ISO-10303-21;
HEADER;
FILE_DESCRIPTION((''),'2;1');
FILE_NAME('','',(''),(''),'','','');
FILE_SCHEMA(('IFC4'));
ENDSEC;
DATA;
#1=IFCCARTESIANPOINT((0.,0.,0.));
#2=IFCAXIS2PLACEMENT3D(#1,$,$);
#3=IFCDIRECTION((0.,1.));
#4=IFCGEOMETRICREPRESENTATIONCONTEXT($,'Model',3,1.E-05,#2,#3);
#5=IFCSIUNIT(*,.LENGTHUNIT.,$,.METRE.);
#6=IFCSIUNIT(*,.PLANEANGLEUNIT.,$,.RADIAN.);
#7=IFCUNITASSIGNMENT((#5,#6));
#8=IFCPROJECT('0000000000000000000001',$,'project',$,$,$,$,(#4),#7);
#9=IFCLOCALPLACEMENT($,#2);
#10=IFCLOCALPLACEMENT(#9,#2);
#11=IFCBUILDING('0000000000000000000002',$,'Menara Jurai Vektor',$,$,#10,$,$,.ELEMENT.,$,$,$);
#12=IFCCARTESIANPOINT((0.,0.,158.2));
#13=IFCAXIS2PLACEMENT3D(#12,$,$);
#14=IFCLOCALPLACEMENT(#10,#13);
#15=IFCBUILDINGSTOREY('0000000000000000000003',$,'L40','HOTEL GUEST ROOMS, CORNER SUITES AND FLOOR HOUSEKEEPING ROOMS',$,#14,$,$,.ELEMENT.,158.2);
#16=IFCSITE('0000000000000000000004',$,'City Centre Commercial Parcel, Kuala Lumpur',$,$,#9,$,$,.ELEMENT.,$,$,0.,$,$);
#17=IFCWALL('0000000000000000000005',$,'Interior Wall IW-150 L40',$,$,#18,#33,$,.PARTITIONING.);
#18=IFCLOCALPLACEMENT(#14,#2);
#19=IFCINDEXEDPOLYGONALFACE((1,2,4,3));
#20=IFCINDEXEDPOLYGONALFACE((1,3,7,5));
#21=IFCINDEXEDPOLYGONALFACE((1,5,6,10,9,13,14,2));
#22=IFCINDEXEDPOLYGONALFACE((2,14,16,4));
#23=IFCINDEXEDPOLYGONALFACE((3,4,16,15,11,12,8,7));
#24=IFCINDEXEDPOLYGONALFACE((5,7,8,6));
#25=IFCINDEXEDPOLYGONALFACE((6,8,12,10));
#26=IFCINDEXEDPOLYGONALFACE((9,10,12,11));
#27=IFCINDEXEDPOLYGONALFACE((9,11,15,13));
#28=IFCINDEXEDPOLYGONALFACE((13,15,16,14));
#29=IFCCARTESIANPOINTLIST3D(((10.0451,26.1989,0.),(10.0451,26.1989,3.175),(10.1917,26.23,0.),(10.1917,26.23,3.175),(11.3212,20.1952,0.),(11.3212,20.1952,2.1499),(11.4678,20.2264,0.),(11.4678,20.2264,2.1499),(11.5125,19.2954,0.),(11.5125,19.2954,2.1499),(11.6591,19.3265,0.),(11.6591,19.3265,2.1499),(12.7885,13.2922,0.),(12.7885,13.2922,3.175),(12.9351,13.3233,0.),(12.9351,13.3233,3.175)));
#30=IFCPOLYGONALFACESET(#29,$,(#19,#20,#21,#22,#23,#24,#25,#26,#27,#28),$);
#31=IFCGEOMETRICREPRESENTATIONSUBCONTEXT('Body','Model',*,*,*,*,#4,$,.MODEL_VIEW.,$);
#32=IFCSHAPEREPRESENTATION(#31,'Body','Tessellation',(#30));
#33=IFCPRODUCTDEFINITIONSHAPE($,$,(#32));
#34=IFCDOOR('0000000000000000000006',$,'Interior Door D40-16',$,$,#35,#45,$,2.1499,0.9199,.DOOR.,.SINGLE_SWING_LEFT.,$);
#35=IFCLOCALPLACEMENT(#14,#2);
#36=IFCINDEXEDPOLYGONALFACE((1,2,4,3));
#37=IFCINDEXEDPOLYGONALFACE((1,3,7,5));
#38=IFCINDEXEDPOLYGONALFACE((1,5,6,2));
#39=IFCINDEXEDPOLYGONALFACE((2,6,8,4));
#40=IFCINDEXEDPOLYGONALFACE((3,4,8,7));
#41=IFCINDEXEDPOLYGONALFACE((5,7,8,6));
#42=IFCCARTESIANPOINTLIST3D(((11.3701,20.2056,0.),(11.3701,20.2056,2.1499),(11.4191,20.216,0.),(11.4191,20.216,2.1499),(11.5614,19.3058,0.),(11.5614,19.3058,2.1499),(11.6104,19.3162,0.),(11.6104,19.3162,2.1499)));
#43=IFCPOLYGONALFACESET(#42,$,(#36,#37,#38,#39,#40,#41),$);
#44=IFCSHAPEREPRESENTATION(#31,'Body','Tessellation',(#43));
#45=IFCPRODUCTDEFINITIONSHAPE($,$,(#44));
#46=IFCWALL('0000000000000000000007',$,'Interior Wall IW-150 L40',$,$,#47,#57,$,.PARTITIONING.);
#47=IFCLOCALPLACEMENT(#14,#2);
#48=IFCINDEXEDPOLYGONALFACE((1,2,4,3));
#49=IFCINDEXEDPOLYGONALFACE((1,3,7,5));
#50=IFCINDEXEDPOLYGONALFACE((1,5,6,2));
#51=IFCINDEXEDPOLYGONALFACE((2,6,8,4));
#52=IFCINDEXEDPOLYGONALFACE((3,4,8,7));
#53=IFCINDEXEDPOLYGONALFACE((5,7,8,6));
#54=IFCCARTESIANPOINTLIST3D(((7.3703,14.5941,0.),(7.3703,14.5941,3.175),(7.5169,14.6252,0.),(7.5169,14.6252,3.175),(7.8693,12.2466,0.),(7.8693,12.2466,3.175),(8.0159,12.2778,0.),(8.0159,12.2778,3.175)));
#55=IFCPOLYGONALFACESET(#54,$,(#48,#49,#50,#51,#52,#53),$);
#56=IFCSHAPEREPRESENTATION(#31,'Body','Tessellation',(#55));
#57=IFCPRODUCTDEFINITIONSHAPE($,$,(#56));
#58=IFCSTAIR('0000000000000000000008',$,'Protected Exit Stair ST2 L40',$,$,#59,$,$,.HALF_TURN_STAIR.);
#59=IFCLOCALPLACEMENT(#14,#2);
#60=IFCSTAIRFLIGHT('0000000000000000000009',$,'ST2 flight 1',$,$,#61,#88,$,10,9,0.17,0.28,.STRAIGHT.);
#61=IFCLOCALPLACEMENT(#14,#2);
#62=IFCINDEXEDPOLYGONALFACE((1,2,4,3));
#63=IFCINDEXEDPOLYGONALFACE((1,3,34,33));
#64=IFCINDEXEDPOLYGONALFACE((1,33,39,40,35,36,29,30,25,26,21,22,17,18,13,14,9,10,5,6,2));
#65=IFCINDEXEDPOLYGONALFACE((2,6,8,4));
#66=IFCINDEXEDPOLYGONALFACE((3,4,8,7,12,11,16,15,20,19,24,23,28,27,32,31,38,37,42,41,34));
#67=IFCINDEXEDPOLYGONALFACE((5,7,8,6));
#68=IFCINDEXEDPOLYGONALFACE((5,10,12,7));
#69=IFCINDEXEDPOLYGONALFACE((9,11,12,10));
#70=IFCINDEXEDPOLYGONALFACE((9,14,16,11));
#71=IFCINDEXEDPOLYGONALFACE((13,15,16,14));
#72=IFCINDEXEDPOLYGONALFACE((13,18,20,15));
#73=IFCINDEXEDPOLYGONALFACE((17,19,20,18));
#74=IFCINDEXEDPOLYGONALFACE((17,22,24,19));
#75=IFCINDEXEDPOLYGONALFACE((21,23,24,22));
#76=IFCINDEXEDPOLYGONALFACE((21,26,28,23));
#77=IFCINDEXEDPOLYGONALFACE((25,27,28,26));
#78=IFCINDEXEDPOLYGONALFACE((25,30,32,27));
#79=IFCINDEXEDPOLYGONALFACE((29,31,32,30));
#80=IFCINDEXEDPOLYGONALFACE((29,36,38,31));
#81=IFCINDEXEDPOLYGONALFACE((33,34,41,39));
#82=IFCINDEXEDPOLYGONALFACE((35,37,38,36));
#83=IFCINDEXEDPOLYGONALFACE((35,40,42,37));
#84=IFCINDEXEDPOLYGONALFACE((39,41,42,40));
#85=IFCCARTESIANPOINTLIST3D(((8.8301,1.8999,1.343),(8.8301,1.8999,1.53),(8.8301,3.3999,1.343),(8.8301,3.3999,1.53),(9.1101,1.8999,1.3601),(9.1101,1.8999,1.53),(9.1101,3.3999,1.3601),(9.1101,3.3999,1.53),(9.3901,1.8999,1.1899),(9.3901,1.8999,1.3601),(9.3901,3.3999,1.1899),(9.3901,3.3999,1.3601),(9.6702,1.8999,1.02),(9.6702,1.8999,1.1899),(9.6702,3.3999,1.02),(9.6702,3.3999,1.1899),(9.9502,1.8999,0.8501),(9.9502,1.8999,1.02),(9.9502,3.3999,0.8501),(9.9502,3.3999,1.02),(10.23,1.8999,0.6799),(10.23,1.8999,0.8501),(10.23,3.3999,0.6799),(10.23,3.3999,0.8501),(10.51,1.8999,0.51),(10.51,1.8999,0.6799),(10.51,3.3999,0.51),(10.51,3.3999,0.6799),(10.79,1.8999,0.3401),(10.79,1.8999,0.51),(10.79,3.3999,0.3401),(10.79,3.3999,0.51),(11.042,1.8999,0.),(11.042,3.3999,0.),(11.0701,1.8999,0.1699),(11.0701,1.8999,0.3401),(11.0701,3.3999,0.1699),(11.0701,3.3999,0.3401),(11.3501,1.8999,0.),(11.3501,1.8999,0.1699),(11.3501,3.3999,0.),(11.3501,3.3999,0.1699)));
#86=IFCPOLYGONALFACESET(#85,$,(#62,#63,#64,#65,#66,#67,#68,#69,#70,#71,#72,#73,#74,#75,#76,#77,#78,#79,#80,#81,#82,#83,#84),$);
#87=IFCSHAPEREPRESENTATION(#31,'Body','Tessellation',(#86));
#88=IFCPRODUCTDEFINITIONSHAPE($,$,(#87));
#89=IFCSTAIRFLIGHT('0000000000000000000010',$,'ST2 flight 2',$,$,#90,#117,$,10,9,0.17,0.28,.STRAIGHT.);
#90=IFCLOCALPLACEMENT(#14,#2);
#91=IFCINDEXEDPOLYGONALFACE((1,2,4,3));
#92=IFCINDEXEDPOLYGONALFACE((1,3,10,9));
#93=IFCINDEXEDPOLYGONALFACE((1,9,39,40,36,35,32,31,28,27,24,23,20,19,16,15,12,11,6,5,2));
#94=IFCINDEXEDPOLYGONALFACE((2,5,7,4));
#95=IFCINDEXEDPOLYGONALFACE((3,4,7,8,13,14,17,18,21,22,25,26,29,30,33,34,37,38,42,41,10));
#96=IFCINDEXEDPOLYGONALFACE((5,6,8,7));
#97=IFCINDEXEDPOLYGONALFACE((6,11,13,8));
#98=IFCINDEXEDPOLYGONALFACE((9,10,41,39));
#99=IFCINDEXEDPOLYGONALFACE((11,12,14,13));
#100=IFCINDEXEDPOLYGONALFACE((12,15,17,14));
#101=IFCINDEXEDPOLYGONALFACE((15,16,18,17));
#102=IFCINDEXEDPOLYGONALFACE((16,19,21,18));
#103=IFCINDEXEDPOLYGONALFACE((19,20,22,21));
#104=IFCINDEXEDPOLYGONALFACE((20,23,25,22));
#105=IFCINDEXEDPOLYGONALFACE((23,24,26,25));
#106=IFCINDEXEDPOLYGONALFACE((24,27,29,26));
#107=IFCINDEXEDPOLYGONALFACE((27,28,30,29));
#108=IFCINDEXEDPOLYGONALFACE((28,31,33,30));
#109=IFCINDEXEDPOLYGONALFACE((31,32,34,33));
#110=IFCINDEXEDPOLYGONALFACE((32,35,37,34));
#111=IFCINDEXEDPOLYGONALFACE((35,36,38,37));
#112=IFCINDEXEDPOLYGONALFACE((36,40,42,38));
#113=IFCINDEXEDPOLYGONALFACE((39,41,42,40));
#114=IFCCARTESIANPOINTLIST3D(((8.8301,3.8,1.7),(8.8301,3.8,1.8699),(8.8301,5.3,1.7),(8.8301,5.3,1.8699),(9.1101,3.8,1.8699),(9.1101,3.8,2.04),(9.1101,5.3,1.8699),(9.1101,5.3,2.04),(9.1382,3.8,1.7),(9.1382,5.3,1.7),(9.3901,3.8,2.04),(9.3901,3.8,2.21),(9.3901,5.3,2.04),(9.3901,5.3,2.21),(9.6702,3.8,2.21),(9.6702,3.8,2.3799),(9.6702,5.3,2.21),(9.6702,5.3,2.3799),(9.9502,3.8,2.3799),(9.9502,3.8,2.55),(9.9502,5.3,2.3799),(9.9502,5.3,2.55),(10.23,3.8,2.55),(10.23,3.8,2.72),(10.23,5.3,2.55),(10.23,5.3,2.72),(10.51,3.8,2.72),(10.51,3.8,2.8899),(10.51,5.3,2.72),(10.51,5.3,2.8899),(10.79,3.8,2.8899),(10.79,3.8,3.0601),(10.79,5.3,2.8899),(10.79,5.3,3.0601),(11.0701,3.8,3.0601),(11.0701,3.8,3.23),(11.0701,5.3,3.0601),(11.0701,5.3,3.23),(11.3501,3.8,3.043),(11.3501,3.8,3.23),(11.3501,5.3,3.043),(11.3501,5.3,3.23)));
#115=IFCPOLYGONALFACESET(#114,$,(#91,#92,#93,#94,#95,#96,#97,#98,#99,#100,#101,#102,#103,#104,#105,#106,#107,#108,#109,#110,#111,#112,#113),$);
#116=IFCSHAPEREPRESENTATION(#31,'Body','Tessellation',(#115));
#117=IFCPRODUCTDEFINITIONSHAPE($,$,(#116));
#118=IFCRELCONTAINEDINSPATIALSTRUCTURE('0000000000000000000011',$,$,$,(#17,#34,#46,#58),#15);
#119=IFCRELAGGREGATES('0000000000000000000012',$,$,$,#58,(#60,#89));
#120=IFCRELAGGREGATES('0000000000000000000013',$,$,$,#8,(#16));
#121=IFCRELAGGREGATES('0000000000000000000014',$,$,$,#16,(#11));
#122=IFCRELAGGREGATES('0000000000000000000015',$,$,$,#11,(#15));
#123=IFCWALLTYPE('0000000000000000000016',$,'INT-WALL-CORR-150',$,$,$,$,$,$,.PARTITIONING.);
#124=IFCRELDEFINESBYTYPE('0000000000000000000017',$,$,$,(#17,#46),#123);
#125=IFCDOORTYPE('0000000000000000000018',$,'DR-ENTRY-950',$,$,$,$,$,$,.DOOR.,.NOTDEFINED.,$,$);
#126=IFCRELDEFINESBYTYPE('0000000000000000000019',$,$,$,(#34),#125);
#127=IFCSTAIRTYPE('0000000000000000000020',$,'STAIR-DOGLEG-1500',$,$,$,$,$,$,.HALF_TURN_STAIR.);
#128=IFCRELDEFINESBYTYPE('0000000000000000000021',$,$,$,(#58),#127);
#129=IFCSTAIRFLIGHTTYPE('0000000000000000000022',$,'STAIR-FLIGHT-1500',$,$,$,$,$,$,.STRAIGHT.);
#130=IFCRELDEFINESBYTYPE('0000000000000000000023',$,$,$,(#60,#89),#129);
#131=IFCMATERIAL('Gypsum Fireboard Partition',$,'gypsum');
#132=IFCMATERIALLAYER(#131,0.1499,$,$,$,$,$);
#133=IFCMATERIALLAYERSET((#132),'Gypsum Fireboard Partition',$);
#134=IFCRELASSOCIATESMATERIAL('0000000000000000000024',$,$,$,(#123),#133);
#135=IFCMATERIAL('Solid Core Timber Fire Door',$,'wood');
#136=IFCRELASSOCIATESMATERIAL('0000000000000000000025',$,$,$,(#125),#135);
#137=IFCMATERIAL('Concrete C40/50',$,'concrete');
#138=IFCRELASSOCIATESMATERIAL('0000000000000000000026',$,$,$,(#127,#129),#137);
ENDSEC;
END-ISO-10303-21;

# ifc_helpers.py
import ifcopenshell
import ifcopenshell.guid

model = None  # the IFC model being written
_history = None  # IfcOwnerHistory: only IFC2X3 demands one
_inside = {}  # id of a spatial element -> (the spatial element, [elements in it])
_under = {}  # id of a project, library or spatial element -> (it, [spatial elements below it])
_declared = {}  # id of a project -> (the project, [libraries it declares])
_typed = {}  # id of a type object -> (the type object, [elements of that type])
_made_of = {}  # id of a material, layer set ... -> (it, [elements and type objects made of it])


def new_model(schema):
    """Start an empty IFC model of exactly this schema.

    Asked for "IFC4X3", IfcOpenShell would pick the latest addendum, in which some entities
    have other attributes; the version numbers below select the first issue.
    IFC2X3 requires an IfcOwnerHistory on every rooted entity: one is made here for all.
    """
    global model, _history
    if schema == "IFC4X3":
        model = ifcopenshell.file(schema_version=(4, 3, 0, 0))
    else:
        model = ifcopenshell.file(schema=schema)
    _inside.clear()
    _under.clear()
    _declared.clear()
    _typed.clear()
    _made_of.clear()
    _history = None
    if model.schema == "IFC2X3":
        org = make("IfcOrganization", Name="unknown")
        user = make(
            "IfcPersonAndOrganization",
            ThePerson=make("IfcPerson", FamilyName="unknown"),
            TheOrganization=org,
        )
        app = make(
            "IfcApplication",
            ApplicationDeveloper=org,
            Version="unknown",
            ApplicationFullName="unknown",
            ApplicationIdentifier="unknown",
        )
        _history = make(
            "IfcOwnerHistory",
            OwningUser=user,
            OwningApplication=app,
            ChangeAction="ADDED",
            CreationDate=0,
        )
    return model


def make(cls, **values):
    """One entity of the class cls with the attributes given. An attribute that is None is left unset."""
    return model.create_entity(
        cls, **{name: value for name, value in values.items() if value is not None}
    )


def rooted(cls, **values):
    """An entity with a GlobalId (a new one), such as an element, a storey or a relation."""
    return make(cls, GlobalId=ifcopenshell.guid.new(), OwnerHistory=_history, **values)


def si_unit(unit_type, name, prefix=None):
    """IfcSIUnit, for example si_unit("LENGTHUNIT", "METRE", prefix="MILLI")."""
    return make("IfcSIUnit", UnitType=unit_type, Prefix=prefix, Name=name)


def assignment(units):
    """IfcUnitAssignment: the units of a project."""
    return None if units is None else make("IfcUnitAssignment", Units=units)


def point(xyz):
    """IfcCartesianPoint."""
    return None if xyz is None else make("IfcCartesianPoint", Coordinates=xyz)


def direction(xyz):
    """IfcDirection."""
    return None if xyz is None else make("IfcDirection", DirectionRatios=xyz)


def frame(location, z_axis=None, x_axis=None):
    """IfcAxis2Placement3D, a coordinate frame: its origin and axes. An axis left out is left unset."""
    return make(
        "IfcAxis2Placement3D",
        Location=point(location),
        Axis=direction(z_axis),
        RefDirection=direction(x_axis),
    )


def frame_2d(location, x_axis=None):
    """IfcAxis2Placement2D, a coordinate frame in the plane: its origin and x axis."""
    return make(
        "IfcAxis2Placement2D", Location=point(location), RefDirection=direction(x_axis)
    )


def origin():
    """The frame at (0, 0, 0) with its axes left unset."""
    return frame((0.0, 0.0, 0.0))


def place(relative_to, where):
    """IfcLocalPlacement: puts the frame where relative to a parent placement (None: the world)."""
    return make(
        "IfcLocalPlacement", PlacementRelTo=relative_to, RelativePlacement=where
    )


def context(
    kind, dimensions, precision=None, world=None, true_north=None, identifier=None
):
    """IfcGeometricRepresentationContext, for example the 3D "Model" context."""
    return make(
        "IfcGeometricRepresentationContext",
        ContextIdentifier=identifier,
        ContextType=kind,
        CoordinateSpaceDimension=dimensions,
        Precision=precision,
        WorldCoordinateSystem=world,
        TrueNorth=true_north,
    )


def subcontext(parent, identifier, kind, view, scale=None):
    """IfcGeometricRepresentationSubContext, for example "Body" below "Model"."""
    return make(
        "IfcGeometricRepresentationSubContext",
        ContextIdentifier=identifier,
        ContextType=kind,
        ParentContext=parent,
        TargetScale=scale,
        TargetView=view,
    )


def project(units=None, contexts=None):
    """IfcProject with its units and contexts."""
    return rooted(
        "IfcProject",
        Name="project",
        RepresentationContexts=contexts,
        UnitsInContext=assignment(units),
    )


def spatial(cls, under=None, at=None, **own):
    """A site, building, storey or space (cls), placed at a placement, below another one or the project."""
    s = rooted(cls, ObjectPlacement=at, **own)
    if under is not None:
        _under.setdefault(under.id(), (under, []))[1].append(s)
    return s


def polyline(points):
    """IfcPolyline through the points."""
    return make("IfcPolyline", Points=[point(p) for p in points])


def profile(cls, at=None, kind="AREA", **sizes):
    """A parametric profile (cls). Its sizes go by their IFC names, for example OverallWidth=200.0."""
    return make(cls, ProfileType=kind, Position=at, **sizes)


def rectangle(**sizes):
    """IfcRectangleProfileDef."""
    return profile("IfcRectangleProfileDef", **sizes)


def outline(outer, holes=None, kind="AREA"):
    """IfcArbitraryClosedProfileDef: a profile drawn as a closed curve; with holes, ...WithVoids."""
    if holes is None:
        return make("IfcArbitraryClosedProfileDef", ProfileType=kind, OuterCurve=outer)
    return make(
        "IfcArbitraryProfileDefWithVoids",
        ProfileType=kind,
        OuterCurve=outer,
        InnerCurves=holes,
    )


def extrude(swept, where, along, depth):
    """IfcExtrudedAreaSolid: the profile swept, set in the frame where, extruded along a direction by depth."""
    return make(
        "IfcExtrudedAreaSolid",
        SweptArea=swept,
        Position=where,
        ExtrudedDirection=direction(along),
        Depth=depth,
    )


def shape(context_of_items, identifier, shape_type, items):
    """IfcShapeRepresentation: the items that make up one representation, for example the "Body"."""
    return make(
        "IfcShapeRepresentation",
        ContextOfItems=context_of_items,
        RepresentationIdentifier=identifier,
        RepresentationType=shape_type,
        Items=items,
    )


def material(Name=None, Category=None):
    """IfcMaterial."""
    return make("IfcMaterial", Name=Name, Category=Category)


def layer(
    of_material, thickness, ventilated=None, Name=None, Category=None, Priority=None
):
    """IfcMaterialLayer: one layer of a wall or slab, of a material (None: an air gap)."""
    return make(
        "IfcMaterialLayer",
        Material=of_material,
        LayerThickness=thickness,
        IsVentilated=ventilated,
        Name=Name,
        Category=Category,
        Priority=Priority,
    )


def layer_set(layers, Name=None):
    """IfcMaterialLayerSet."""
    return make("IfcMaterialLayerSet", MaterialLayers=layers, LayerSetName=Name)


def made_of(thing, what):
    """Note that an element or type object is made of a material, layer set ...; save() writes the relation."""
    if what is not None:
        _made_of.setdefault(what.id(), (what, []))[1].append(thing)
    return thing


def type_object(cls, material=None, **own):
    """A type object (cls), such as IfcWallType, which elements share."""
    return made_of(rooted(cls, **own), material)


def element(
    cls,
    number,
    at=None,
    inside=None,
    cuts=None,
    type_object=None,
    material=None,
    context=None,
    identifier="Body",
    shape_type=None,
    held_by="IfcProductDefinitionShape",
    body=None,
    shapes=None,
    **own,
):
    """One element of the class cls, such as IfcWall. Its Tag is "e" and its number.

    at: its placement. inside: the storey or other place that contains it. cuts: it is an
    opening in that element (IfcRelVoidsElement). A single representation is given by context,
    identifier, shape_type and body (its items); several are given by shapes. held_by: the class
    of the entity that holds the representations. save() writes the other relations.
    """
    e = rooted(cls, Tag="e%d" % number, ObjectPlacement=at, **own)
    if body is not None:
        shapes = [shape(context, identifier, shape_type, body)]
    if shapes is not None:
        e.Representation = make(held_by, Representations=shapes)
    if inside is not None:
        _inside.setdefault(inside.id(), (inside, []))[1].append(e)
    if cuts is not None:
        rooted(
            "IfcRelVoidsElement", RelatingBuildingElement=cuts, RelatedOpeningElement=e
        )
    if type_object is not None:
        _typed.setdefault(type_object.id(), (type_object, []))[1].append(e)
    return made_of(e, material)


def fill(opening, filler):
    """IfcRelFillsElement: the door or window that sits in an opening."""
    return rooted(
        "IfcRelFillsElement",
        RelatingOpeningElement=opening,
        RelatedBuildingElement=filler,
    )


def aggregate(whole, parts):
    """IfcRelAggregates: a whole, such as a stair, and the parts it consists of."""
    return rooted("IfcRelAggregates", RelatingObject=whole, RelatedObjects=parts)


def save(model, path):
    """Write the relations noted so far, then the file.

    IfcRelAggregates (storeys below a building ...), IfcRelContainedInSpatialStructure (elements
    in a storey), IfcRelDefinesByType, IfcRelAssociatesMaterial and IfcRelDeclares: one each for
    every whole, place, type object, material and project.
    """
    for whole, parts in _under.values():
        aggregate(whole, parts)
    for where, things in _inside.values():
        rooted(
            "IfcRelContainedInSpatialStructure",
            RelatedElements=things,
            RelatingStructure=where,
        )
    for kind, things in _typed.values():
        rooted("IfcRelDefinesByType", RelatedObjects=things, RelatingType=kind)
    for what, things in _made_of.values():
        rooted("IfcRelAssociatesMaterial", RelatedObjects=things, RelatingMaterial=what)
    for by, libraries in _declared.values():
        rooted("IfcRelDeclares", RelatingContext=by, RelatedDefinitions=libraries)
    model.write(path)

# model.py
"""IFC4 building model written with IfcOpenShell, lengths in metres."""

from ifc_helpers import new_model, si_unit, direction, frame, frame_2d, origin, place, context, subcontext, project, spatial, polyline, rectangle, outline, extrude, material, layer, layer_set, type_object, element, fill, aggregate, save


model = new_model("IFC4")

# Units and contexts
model_context = context("Model", 3, precision=1e-05, world=origin(), true_north=direction((0.0, 1.0)))
body_context = subcontext(model_context, "Body", "Model", "MODEL_VIEW")
ifc_project = project(units=[si_unit("LENGTHUNIT", "METRE"), si_unit("PLANEANGLEUNIT", "RADIAN")], contexts=[model_context])

# Site, building, storey
site_placement = place(None, origin())
site = spatial("IfcSite", under=ifc_project, at=site_placement, Name="City Centre Commercial Parcel, Kuala Lumpur", CompositionType="ELEMENT", RefElevation=0.0)
building_placement = place(site_placement, origin())
building = spatial("IfcBuilding", under=site, at=building_placement, Name="Menara Jurai Vektor", CompositionType="ELEMENT")
storey_placement = place(building_placement, frame((0.0, 0.0, 158.2)))
storey = spatial("IfcBuildingStorey", under=building, at=storey_placement, Name="L40", Description="HOTEL GUEST ROOMS, CORNER SUITES AND FLOOR HOUSEKEEPING ROOMS", CompositionType="ELEMENT", Elevation=158.2)

# Shared definitions
ifc_material_1 = material(Name="Concrete C40/50", Category="concrete")

# Shared definitions
ifc_material_2 = material(Name="Gypsum Fireboard Partition", Category="gypsum")
ifc_layer_1 = layer(ifc_material_2, 0.1499)
ifc_layer_set_1 = layer_set([ifc_layer_1], Name="Gypsum Fireboard Partition")
wall_type_1 = type_object("IfcWallType", Name="INT-WALL-CORR-150", PredefinedType="PARTITIONING", material=ifc_layer_set_1)

# Wall, opening, door
wall_1_placement = place(storey_placement, frame((12.8618, 13.3076, 0.0), z_axis=(0.0, 0.0, 1.0), x_axis=(-0.207911, 0.978148, 0.0)))
wall_1 = element("IfcWall", 1, at=wall_1_placement, inside=storey, type_object=wall_type_1, Name="Interior Wall IW-150 L40", PredefinedType="PARTITIONING", context=body_context, shape_type="SweptSolid", body=[
    extrude(rectangle(XDim=13.1951, YDim=0.1499, at=frame_2d((6.5977, 0.0))), origin(), (0.0, 0.0, 1.0), 3.175),
])
opening_1_placement = place(wall_1_placement, frame((6.1375, 0.0, 0.0)))
opening_1 = element("IfcOpeningElement", 2, at=opening_1_placement, cuts=wall_1, PredefinedType="OPENING", context=body_context, shape_type="SweptSolid", body=[
    extrude(rectangle(XDim=0.9199, YDim=2.1499, at=frame_2d((0.46, 1.075))), frame((0.0, 0.085, 0.0), z_axis=(0.0, -1.0, 0.0), x_axis=(1.0, 0.0, 0.0)), (0.0, 0.0, 1.0), 0.1699),
])
ifc_material_3 = material(Name="Solid Core Timber Fire Door", Category="wood")
door_type_1 = type_object("IfcDoorType", Name="DR-ENTRY-950", OperationType="NOTDEFINED", PredefinedType="DOOR", material=ifc_material_3)
door_1_placement = place(opening_1_placement, origin())
door_1 = element("IfcDoor", 3, at=door_1_placement, inside=storey, type_object=door_type_1, Name="Interior Door D40-16", OperationType="SINGLE_SWING_LEFT", OverallHeight=2.1499, OverallWidth=0.9199, PredefinedType="DOOR", context=body_context, shape_type="SweptSolid", body=[
    extrude(rectangle(XDim=0.9199, YDim=2.1499, at=frame_2d((0.46, 1.075))), frame((0.0, 0.0249, 0.0), z_axis=(0.0, -1.0, 0.0), x_axis=(1.0, 0.0, 0.0)), (0.0, 0.0, 1.0), 0.05),
])
fill(opening_1, door_1)

# Wall
wall_2_placement = place(storey_placement, frame((7.9426, 12.2622, 0.0), z_axis=(0.0, 0.0, 1.0), x_axis=(-0.207938, 0.978142, 0.0)))
element("IfcWall", 4, at=wall_2_placement, inside=storey, type_object=wall_type_1, Name="Interior Wall IW-150 L40", PredefinedType="PARTITIONING", context=body_context, shape_type="SweptSolid", body=[
    extrude(rectangle(XDim=2.3999, YDim=0.1499, at=frame_2d((1.2, 0.0))), origin(), (0.0, 0.0, 1.0), 3.175),
])

# Stair, stair flights
stair_type = type_object("IfcStairType", Name="STAIR-DOGLEG-1500", PredefinedType="HALF_TURN_STAIR", material=ifc_material_1)
stair_placement = place(storey_placement, origin())
stair = element("IfcStair", 5, at=stair_placement, inside=storey, type_object=stair_type, Name="Protected Exit Stair ST2 L40", PredefinedType="HALF_TURN_STAIR")
stair_flight_type = type_object("IfcStairFlightType", Name="STAIR-FLIGHT-1500", PredefinedType="STRAIGHT", material=ifc_material_1)
stair_flight_1_placement = place(storey_placement, frame((11.3501, 2.6499, 0.0), z_axis=(0.0, 0.0, 1.0), x_axis=(-1.0, 0.0, 0.0)))
stair_flight_1 = element("IfcStairFlight", 6, at=stair_flight_1_placement, type_object=stair_flight_type, Name="ST2 flight 1", NumberOfRisers=10, NumberOfTreads=9, PredefinedType="STRAIGHT", RiserHeight=0.17, TreadLength=0.28, context=body_context, shape_type="SweptSolid", body=[
    extrude(outline(polyline([(0.0, 0.0), (0.0, 0.1699), (0.28, 0.1699), (0.28, 0.3401), (0.5601, 0.3401), (0.5601, 0.51), (0.8401, 0.51), (0.8401, 0.6799), (1.1201, 0.6799), (1.1201, 0.8501), (1.3999, 0.8501), (1.3999, 1.02), (1.6799, 1.02), (1.6799, 1.1899), (1.96, 1.1899), (1.96, 1.3601), (2.24, 1.3601), (2.24, 1.53), (2.52, 1.53), (2.52, 1.7), (2.52, 1.343), (0.3081, 0.0), (0.0, 0.0)])), frame((0.0, 0.75, 0.0), z_axis=(0.0, -1.0, 0.0), x_axis=(1.0, 0.0, 0.0)), (0.0, 0.0, 1.0), 1.5),
])
stair_flight_2_placement = place(storey_placement, frame((8.8301, 4.55, 1.7), z_axis=(0.0, 0.0, 1.0), x_axis=(1.0, 0.0, 0.0)))
stair_flight_2 = element("IfcStairFlight", 7, at=stair_flight_2_placement, type_object=stair_flight_type, Name="ST2 flight 2", NumberOfRisers=10, NumberOfTreads=9, PredefinedType="STRAIGHT", RiserHeight=0.17, TreadLength=0.28, context=body_context, shape_type="SweptSolid", body=[
    extrude(outline(polyline([(0.0, 0.0), (0.0, 0.1699), (0.28, 0.1699), (0.28, 0.3401), (0.5601, 0.3401), (0.5601, 0.51), (0.8401, 0.51), (0.8401, 0.6799), (1.1201, 0.6799), (1.1201, 0.8501), (1.3999, 0.8501), (1.3999, 1.02), (1.6799, 1.02), (1.6799, 1.1899), (1.96, 1.1899), (1.96, 1.3601), (2.24, 1.3601), (2.24, 1.53), (2.52, 1.53), (2.52, 1.7), (2.52, 1.343), (0.3081, 0.0), (0.0, 0.0)])), frame((0.0, 0.75, 0.0), z_axis=(0.0, -1.0, 0.0), x_axis=(1.0, 0.0, 0.0)), (0.0, 0.0, 1.0), 1.5),
])
aggregate(stair, [stair_flight_1, stair_flight_2])

save(model, "model.ifc")
